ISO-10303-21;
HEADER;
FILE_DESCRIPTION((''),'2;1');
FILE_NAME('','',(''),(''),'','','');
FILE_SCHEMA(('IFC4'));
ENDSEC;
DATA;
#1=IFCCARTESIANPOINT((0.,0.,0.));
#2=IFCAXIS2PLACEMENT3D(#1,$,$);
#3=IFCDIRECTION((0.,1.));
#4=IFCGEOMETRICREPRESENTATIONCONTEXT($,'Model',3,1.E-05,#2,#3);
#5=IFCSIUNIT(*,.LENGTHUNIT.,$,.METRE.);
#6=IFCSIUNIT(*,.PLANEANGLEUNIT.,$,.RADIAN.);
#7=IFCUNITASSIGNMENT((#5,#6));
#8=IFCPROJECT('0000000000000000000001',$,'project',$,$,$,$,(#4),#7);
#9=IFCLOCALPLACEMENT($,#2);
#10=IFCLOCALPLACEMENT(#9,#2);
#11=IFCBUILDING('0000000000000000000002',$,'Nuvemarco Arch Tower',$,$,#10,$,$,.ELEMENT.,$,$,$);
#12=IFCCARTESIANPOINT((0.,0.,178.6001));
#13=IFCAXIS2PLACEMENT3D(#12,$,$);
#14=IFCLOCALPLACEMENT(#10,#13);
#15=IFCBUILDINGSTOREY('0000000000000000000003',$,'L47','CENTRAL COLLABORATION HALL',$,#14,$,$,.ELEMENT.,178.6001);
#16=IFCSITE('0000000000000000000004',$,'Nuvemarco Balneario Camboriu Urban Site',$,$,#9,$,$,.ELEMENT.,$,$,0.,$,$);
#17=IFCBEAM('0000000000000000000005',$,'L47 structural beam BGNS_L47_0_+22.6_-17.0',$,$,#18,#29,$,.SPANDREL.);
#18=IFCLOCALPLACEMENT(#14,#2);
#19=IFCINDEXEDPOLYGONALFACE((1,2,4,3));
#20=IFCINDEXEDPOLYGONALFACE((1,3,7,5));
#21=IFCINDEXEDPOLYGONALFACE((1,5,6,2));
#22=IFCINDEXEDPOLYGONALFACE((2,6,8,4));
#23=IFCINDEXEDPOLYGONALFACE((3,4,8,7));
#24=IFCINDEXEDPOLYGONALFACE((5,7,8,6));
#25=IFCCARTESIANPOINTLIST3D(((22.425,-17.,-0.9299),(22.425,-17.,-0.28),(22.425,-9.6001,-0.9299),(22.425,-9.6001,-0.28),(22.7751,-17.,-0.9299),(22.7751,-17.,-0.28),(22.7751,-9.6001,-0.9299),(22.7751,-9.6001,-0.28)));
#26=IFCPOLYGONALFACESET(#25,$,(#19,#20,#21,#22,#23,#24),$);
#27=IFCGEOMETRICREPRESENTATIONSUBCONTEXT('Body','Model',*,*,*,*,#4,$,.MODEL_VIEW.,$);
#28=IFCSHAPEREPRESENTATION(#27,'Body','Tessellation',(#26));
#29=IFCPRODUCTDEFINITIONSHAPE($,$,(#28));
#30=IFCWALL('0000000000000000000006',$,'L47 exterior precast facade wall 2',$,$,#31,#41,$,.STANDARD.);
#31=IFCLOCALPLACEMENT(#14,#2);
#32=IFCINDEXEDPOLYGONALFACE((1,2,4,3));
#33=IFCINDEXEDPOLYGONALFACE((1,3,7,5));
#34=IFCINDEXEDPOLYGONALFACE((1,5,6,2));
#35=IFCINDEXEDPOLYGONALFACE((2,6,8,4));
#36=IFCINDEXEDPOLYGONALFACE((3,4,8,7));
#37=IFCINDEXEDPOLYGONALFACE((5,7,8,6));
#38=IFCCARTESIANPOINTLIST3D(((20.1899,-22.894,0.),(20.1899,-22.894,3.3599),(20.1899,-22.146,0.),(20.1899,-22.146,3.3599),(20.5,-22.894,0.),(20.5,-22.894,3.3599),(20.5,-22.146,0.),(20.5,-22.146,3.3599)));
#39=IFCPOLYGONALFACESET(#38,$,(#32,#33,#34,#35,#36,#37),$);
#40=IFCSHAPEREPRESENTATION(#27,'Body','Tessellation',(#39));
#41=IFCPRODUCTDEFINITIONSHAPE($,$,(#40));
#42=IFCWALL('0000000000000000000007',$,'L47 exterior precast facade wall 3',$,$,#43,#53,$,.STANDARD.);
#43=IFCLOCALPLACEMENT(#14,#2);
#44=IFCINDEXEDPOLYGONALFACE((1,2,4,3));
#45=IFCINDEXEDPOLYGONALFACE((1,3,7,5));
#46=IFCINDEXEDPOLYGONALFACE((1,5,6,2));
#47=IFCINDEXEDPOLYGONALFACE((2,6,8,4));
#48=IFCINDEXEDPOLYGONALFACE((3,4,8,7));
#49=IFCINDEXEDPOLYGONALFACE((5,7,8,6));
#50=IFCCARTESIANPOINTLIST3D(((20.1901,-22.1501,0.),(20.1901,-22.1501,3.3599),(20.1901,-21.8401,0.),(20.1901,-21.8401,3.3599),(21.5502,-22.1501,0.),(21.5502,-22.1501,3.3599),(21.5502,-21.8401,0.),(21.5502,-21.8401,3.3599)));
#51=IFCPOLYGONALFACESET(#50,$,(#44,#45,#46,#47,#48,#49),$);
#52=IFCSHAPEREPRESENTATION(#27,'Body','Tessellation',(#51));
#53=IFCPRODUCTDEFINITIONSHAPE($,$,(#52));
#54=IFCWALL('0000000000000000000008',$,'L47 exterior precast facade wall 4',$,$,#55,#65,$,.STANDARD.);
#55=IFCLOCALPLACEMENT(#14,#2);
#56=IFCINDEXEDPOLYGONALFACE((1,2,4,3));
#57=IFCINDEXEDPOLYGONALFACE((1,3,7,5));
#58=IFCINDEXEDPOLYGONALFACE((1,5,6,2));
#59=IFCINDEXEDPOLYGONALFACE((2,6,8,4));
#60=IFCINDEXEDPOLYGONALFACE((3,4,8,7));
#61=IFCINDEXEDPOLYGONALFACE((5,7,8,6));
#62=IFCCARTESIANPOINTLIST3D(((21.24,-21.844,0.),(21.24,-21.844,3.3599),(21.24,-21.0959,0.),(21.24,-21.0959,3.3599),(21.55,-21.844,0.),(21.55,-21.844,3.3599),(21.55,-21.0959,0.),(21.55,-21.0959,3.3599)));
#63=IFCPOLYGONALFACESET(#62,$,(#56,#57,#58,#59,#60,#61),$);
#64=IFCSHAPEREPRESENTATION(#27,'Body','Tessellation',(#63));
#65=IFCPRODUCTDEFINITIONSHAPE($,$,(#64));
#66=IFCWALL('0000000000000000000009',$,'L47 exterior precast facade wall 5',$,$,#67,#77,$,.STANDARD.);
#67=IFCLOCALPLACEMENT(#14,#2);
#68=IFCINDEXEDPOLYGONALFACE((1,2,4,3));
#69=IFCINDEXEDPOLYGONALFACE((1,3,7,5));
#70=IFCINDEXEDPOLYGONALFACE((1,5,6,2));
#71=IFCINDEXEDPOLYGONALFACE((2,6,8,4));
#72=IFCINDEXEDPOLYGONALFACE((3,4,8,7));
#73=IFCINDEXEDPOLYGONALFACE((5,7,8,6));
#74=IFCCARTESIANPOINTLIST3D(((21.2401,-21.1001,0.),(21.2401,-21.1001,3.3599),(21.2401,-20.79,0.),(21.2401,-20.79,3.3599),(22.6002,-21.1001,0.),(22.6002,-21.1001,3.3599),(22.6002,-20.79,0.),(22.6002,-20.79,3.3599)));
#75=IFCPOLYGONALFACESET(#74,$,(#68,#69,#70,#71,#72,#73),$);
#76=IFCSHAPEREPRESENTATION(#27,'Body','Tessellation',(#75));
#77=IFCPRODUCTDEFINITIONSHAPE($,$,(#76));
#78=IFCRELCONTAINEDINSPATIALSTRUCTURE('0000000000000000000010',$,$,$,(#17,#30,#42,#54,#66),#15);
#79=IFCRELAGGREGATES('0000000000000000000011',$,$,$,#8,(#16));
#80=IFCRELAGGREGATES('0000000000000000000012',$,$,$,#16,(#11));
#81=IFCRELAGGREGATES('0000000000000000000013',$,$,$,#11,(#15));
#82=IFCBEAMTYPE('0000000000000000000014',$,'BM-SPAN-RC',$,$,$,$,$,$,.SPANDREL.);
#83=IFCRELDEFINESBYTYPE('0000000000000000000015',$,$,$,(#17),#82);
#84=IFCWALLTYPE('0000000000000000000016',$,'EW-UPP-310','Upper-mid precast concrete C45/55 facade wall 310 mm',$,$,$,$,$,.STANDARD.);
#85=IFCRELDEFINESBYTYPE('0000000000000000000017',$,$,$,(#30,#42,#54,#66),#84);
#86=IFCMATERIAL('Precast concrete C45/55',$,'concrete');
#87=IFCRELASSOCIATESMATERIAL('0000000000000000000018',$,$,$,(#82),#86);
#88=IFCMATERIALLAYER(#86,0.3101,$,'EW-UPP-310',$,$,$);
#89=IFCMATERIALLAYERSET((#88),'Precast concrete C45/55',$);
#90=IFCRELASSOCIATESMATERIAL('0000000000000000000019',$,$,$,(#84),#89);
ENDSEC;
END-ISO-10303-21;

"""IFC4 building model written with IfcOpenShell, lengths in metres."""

from ifc_helpers import new_model, si_unit, direction, frame, frame_2d, origin, origin_2d, place, context, subcontext, project, spatial, rectangle, extrude, material, layer, layer_set, material_profile, profile_set, type_object, element, save


model = new_model("IFC4")

# Units and contexts
model_context = context("Model", 3, precision=1e-05, world=origin(), true_north=direction((0.0, 1.0)))
body_context = subcontext(model_context, "Body", "Model", "MODEL_VIEW")
ifc_project = project(units=[si_unit("LENGTHUNIT", "METRE"), si_unit("PLANEANGLEUNIT", "RADIAN")], contexts=[model_context])

# Site, building, storey
site_placement = place(None, origin())
site = spatial("IfcSite", under=ifc_project, at=site_placement, Name="Nuvemarco Balneario Camboriu Urban Site", CompositionType="ELEMENT", RefElevation=0.0)
building_placement = place(site_placement, origin())
building = spatial("IfcBuilding", under=site, at=building_placement, Name="Nuvemarco Arch Tower", CompositionType="ELEMENT")
storey_placement = place(building_placement, frame((0.0, 0.0, 178.6001)))
storey = spatial("IfcBuildingStorey", under=building, at=storey_placement, Name="L47", Description="CENTRAL COLLABORATION HALL", CompositionType="ELEMENT", Elevation=178.6001)

# Beam
ifc_material_1 = material(Name="Precast concrete C45/55", Category="concrete")
ifc_material_profile_1 = material_profile(ifc_material_1, rectangle(XDim=0.3501, YDim=0.6499, at=origin_2d()), Name="PC-SP-350x650")
ifc_profile_set_1 = profile_set([ifc_material_profile_1], Name="Precast concrete C45/55")
beam_type_1 = type_object("IfcBeamType", Name="BM-SPAN-RC", PredefinedType="SPANDREL", material=ifc_profile_set_1)
beam_1_placement = place(storey_placement, frame((22.6001, -17.0, -0.605), z_axis=(0.0, 1.0, 0.0), x_axis=(-1.0, 0.0, 0.0)))
element("IfcBeam", 1, at=beam_1_placement, inside=storey, type_object=beam_type_1, Name="L47 structural beam BGNS_L47_0_+22.6_-17.0", PredefinedType="SPANDREL", context=body_context, shape_type="SweptSolid", body=[
    extrude(rectangle(XDim=0.3501, YDim=0.6499, at=origin_2d()), origin(), (0.0, 0.0, 1.0), 7.3999),
])

# Walls
ifc_layer_1 = layer(ifc_material_1, 0.3101, Name="EW-UPP-310")
ifc_layer_set_1 = layer_set([ifc_layer_1], Name="Precast concrete C45/55")
wall_type_1 = type_object("IfcWallType", Name="EW-UPP-310", Description="Upper-mid precast concrete C45/55 facade wall 310 mm", PredefinedType="STANDARD", material=ifc_layer_set_1)
wall_1_placement = place(storey_placement, frame((20.345, -22.894, 0.0), z_axis=(0.0, 0.0, 1.0), x_axis=(0.0, 1.0, 0.0)))
element("IfcWall", 2, at=wall_1_placement, inside=storey, type_object=wall_type_1, Name="L47 exterior precast facade wall 2", PredefinedType="STANDARD", context=body_context, shape_type="SweptSolid", body=[
    extrude(rectangle(XDim=0.748, YDim=0.3101, at=frame_2d((0.374, 0.0))), origin(), (0.0, 0.0, 1.0), 3.3599),
])
wall_2_placement = place(storey_placement, frame((20.1899, -21.9951, 0.0), z_axis=(0.0, 0.0, 1.0), x_axis=(1.0, 0.0, 0.0)))
element("IfcWall", 3, at=wall_2_placement, inside=storey, type_object=wall_type_1, Name="L47 exterior precast facade wall 3", PredefinedType="STANDARD", context=body_context, shape_type="SweptSolid", body=[
    extrude(rectangle(XDim=1.3601, YDim=0.3101, at=frame_2d((0.6802, 0.0))), origin(), (0.0, 0.0, 1.0), 3.3599),
])
wall_3_placement = place(storey_placement, frame((21.395, -21.844, 0.0), z_axis=(0.0, 0.0, 1.0), x_axis=(0.0, 1.0, 0.0)))
element("IfcWall", 4, at=wall_3_placement, inside=storey, type_object=wall_type_1, Name="L47 exterior precast facade wall 4", PredefinedType="STANDARD", context=body_context, shape_type="SweptSolid", body=[
    extrude(rectangle(XDim=0.748, YDim=0.3101, at=frame_2d((0.374, 0.0))), origin(), (0.0, 0.0, 1.0), 3.3599),
])
wall_4_placement = place(storey_placement, frame((21.24, -20.9451, 0.0), z_axis=(0.0, 0.0, 1.0), x_axis=(1.0, 0.0, 0.0)))
element("IfcWall", 5, at=wall_4_placement, inside=storey, type_object=wall_type_1, Name="L47 exterior precast facade wall 5", PredefinedType="STANDARD", context=body_context, shape_type="SweptSolid", body=[
    extrude(rectangle(XDim=1.3601, YDim=0.3101, at=frame_2d((0.6802, 0.0))), origin(), (0.0, 0.0, 1.0), 3.3599),
])

save(model, "model.ifc")
